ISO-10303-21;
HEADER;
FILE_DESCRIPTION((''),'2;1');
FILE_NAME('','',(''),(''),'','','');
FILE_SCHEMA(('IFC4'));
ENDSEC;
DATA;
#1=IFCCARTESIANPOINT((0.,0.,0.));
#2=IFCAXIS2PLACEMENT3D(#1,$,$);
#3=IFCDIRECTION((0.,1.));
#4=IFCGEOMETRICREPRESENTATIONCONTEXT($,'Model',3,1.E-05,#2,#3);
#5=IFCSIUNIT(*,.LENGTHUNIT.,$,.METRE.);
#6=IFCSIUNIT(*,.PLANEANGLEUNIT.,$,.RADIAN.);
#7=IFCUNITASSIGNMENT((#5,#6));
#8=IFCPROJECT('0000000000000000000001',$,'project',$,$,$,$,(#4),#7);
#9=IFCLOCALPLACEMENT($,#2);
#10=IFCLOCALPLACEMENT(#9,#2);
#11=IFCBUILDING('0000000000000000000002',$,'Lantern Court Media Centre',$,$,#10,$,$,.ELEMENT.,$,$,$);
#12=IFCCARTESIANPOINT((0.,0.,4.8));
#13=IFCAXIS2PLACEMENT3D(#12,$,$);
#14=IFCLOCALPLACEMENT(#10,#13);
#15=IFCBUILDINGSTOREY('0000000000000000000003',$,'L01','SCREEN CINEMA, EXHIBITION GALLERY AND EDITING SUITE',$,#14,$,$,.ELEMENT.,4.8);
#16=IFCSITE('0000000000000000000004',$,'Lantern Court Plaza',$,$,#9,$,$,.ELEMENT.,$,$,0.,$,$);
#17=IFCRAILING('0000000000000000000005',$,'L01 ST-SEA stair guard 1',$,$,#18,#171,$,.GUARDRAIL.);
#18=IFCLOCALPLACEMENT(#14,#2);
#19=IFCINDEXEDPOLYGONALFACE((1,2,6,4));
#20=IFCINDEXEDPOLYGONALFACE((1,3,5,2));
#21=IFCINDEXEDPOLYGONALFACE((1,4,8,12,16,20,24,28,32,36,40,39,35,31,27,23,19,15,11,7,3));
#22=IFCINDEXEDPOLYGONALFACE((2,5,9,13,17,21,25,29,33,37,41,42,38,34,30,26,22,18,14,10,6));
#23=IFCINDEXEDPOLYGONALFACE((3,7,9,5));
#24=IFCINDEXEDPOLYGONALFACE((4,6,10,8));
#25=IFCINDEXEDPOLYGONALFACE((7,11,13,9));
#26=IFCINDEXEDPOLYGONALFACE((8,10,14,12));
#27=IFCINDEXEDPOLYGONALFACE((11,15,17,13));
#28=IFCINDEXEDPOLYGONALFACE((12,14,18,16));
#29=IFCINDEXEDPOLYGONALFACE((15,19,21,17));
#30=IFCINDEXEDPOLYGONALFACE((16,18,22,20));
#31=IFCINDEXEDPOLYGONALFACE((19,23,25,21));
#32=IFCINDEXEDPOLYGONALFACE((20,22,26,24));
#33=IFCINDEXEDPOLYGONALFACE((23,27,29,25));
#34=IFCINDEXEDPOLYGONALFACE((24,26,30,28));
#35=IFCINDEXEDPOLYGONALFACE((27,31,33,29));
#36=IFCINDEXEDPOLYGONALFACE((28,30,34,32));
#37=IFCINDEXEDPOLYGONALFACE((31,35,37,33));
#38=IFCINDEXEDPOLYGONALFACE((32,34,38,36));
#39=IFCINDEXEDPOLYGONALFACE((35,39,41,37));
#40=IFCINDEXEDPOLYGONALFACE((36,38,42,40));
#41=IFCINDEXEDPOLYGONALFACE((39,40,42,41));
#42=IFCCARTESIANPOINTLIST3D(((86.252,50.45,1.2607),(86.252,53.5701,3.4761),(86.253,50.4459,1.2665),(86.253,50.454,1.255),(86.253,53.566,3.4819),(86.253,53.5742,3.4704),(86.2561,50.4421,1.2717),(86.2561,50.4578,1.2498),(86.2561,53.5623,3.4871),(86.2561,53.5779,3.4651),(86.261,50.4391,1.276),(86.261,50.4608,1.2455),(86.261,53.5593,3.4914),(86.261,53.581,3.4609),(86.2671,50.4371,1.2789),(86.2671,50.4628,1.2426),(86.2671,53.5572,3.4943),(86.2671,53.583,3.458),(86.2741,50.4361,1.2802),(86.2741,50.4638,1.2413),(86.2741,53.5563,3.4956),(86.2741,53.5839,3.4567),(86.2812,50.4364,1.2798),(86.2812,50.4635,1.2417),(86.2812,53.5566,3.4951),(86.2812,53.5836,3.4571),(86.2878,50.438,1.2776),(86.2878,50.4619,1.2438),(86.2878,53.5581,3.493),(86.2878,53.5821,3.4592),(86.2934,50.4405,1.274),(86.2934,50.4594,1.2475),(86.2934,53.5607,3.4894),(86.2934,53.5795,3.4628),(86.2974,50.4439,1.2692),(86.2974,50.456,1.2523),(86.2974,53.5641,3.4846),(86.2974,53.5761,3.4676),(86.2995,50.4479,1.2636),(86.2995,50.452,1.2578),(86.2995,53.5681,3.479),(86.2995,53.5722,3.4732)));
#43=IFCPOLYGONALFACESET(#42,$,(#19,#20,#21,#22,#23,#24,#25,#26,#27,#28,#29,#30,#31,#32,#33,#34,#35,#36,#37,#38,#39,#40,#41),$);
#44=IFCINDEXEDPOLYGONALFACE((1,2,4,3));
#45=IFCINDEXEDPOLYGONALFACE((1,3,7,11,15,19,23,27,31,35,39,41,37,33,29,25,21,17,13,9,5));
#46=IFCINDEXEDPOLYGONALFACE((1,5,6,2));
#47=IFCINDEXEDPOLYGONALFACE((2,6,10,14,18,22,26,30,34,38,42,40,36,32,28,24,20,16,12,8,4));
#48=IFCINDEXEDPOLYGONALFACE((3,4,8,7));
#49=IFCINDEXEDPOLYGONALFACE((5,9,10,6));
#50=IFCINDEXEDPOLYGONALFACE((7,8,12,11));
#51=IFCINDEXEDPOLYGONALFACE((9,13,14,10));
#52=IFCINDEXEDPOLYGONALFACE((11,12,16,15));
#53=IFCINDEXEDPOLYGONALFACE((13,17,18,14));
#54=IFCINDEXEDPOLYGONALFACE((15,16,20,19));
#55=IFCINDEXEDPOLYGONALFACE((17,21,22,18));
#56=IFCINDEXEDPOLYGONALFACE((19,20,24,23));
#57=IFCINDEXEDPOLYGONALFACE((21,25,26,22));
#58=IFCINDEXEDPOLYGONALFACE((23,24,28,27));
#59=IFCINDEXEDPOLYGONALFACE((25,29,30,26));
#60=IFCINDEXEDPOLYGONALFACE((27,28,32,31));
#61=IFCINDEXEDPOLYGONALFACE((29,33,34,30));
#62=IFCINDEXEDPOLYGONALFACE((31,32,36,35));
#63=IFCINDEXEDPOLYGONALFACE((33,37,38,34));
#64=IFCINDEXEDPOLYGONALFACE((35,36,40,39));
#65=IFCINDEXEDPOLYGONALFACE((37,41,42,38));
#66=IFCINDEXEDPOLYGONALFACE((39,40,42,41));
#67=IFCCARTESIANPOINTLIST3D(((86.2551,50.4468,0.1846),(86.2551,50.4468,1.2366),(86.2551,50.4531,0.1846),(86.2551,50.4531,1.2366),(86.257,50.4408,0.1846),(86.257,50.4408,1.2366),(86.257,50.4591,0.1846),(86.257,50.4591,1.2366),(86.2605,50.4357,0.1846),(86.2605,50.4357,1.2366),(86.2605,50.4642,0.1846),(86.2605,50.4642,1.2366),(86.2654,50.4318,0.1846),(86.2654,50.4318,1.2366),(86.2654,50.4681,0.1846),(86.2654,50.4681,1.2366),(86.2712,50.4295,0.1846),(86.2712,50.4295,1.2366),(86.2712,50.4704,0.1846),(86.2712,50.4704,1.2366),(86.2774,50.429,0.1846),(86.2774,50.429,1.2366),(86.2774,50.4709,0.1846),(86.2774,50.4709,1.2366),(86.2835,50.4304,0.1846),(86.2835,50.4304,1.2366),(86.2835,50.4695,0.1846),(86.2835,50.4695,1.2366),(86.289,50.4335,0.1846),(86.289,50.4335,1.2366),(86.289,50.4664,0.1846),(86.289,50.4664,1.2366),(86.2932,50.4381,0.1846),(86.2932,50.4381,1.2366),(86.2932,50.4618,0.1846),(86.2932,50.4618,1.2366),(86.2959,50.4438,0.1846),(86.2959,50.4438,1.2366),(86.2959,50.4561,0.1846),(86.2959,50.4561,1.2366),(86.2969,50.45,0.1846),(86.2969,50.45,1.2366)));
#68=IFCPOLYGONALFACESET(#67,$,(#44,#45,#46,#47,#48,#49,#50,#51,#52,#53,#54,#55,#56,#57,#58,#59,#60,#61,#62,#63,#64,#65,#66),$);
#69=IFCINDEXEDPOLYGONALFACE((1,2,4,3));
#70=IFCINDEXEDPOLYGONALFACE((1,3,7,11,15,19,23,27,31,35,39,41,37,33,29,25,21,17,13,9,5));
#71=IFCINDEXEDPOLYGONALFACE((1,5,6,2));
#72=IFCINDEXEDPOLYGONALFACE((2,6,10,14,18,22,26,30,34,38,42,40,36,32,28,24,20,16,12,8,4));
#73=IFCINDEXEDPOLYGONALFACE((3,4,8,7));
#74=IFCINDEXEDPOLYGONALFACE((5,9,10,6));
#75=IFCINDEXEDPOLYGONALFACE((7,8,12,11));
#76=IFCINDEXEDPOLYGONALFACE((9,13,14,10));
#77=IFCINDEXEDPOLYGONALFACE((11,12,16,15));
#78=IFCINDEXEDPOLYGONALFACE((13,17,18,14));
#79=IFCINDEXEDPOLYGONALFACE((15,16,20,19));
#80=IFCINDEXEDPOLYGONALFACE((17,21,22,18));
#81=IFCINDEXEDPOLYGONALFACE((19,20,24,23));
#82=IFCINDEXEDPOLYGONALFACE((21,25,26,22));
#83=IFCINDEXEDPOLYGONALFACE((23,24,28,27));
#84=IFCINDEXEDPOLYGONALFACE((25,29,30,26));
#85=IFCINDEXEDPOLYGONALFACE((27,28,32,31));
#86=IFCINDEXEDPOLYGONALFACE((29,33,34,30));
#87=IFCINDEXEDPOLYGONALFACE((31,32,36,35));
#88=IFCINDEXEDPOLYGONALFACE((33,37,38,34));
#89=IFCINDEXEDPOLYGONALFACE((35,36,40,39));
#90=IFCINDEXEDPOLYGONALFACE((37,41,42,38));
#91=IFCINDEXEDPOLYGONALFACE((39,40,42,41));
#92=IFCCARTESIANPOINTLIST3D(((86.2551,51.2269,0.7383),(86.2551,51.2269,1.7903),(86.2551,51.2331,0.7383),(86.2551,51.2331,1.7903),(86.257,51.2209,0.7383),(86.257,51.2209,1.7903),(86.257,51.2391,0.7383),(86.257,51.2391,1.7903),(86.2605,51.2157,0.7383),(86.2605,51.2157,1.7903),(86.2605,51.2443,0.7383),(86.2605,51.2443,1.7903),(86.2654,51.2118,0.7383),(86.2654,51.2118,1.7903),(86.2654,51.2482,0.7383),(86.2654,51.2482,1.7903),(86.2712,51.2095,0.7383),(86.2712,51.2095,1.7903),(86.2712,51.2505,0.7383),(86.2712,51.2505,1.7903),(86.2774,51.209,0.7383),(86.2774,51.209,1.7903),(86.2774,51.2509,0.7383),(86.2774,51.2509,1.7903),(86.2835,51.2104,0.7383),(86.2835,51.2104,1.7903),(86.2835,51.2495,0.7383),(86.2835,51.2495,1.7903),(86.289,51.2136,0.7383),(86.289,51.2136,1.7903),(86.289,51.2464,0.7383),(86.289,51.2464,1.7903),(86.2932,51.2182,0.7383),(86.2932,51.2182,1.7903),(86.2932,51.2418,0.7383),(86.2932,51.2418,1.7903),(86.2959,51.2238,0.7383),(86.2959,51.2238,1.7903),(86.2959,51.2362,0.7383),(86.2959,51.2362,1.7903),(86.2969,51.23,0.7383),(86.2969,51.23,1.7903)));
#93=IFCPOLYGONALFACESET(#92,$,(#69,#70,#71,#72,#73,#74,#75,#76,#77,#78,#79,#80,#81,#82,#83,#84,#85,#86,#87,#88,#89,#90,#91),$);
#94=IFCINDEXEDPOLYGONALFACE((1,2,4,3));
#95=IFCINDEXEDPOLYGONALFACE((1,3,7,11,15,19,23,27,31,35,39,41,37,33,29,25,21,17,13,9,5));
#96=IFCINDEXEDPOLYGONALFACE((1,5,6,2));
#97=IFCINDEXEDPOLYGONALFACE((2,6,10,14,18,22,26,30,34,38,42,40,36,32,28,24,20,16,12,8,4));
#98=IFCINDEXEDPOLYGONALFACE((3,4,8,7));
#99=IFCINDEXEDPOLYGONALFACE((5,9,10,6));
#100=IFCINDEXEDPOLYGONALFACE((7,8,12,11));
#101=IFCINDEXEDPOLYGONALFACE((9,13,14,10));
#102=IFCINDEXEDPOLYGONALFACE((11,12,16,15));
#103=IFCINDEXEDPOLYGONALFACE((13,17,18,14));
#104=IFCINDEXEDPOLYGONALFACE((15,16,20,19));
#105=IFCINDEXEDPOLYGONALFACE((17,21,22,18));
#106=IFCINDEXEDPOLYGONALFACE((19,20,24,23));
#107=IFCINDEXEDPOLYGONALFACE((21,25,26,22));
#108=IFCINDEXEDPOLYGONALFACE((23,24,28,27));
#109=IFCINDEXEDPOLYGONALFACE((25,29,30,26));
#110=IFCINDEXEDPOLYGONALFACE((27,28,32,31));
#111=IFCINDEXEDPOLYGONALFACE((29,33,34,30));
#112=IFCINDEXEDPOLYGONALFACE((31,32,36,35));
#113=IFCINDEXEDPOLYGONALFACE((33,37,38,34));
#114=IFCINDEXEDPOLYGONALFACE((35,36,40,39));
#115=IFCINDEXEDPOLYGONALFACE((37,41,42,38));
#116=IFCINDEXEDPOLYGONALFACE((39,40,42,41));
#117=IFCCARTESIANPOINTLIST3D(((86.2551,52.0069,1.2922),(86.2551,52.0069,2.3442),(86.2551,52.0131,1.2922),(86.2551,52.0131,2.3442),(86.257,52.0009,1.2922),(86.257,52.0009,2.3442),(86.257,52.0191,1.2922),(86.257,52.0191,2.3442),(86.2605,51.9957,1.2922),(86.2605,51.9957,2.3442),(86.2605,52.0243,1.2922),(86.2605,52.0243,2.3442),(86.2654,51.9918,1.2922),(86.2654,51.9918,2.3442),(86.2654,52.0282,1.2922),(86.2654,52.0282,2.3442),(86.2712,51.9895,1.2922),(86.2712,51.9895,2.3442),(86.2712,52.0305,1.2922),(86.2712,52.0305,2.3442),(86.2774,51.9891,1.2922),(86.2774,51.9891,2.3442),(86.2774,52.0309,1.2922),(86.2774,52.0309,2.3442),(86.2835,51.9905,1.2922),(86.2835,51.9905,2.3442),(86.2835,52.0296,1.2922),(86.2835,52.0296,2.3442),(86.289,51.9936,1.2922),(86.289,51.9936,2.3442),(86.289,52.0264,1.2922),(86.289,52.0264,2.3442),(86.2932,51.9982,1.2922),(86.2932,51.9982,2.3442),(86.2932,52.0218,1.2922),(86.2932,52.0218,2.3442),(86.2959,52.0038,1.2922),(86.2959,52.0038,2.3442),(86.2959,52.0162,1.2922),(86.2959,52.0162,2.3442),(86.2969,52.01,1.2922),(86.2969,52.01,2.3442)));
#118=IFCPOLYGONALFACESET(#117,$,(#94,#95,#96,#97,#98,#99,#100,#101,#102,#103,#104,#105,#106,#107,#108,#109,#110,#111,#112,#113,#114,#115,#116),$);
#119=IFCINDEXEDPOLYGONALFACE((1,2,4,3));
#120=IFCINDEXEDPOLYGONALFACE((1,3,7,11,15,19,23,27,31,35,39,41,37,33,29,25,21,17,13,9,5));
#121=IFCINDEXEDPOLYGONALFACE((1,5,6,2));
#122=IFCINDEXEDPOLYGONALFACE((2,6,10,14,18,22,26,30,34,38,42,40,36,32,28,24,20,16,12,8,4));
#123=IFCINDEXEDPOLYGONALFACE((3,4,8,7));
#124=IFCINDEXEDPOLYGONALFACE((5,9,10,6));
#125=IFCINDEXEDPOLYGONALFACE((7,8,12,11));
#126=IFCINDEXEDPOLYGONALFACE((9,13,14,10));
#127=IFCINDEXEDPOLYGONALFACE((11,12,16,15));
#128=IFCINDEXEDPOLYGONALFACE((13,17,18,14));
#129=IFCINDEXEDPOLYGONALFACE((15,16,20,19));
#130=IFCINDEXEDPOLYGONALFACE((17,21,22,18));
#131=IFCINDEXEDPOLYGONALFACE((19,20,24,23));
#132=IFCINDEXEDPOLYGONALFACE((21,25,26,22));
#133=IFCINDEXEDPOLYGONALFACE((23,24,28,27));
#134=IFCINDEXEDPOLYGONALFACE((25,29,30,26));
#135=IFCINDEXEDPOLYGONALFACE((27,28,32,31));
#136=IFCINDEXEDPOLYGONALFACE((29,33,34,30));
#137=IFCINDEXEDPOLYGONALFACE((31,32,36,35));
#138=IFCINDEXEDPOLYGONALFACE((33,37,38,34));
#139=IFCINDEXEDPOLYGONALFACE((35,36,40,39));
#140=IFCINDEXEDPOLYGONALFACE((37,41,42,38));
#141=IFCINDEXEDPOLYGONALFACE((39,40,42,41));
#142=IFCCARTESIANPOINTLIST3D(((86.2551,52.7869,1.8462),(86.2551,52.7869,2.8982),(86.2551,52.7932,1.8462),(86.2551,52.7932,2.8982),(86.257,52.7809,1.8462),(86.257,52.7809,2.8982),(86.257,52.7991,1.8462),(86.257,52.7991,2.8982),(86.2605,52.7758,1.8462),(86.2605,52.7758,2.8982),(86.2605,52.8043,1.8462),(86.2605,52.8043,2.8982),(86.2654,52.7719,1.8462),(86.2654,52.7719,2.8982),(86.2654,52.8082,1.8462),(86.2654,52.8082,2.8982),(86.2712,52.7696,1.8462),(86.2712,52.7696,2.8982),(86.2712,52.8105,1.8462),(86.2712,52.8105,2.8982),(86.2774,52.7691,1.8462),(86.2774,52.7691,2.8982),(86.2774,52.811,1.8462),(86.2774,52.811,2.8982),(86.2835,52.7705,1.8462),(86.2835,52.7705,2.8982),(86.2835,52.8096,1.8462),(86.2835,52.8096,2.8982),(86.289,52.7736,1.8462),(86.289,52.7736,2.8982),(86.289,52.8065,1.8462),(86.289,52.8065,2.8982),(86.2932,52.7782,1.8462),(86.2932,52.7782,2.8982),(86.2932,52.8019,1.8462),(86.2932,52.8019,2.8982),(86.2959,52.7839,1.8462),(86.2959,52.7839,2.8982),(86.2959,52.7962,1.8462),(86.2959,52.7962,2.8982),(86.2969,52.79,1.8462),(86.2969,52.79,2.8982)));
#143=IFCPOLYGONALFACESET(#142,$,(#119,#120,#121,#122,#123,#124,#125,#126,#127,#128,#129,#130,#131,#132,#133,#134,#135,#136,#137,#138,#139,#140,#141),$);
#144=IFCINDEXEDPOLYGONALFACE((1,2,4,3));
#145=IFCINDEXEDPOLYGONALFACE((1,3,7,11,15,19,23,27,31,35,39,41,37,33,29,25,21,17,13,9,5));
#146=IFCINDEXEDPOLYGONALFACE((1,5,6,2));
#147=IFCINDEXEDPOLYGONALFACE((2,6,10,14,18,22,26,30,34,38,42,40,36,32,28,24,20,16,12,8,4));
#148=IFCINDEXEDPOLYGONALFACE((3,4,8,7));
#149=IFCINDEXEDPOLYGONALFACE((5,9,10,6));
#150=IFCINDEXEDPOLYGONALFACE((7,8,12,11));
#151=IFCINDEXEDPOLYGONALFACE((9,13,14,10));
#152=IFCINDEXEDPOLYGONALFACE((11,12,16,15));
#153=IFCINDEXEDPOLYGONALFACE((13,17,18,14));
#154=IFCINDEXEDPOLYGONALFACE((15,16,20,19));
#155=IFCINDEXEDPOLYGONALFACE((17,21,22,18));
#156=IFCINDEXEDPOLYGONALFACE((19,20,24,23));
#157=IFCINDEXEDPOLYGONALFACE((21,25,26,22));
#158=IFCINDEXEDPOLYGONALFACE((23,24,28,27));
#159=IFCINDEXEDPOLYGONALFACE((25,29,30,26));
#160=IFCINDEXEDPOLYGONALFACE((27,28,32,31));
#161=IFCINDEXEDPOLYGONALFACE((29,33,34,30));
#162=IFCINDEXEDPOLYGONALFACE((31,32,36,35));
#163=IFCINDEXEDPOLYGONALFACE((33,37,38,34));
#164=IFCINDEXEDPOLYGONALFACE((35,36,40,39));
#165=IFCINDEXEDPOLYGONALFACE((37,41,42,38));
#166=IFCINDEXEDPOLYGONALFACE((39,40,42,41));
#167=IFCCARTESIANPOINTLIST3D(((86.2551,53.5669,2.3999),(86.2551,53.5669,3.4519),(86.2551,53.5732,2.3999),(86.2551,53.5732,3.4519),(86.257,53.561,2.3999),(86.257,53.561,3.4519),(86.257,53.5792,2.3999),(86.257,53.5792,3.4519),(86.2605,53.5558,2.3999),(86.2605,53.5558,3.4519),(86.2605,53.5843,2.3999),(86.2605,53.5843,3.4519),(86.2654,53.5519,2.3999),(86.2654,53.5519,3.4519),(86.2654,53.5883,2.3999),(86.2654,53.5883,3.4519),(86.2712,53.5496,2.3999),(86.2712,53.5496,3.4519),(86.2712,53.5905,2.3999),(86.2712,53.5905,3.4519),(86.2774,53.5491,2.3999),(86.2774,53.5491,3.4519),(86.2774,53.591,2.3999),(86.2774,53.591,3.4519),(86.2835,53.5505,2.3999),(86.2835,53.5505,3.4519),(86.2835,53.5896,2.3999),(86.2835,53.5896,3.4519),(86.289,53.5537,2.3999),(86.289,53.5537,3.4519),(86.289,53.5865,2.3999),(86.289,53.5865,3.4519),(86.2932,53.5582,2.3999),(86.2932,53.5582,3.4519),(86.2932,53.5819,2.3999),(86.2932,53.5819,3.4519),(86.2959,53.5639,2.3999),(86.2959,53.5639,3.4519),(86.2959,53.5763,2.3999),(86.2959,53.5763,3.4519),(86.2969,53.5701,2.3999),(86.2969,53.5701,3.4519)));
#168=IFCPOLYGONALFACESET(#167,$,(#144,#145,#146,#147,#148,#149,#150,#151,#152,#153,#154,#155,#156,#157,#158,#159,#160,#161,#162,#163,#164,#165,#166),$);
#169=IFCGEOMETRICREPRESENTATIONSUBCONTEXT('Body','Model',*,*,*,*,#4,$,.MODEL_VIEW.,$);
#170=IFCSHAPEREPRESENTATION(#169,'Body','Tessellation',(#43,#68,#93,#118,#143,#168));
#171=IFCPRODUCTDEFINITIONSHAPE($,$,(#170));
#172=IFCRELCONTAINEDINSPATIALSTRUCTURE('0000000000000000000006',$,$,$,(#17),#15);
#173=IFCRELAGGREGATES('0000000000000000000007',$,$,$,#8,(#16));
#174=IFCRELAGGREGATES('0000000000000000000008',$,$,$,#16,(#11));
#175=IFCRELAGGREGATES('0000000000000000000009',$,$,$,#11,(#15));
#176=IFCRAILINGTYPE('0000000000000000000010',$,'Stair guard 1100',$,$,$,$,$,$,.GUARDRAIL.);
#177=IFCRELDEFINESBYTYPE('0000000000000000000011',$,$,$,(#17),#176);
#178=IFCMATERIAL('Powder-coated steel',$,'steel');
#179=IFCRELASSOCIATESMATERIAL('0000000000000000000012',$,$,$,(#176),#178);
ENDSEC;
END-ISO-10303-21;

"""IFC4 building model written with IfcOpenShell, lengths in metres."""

from ifc_helpers import new_model, si_unit, direction, frame, origin, origin_2d, place, context, subcontext, project, spatial, circle, extrude, material, type_object, element, save


model = new_model("IFC4")

# Units and contexts
model_context = context("Model", 3, precision=1e-05, world=origin(), true_north=direction((0.0, 1.0)))
body_context = subcontext(model_context, "Body", "Model", "MODEL_VIEW")
ifc_project = project(units=[si_unit("LENGTHUNIT", "METRE"), si_unit("PLANEANGLEUNIT", "RADIAN")], contexts=[model_context])

# Site, building, storey
site_placement = place(None, origin())
site = spatial("IfcSite", under=ifc_project, at=site_placement, Name="Lantern Court Plaza", CompositionType="ELEMENT", RefElevation=0.0)
building_placement = place(site_placement, origin())
building = spatial("IfcBuilding", under=site, at=building_placement, Name="Lantern Court Media Centre", CompositionType="ELEMENT")
storey_placement = place(building_placement, frame((0.0, 0.0, 4.8)))
storey = spatial("IfcBuildingStorey", under=building, at=storey_placement, Name="L01", Description="SCREEN CINEMA, EXHIBITION GALLERY AND EDITING SUITE", CompositionType="ELEMENT", Elevation=4.8)

# Railing
ifc_material_1 = material(Name="Powder-coated steel", Category="steel")
railing_type_1 = type_object("IfcRailingType", Name="Stair guard 1100", PredefinedType="GUARDRAIL", material=ifc_material_1)
railing_1_placement = place(storey_placement, frame((86.2759, 50.45, 0.1846)))
element("IfcRailing", 1, at=railing_1_placement, inside=storey, type_object=railing_type_1, Name="L01 ST-SEA stair guard 1", PredefinedType="GUARDRAIL", context=body_context, shape_type="SweptSolid", body=[
    extrude(circle(Radius=0.0239, at=origin_2d()), frame((0.0, 0.0, 1.0762), z_axis=(0.0, 0.815377, 0.57893), x_axis=(-1.0, 0.0, 0.0)), (0.0, 0.0, 1.0), 3.8267),
    extrude(circle(Radius=0.021, at=origin_2d()), origin(), (0.0, 0.0, 1.0), 1.052),
    extrude(circle(Radius=0.021, at=origin_2d()), frame((0.0, 0.78, 0.5537)), (0.0, 0.0, 1.0), 1.052),
    extrude(circle(Radius=0.021, at=origin_2d()), frame((0.0, 1.5601, 1.1077)), (0.0, 0.0, 1.0), 1.052),
    extrude(circle(Radius=0.021, at=origin_2d()), frame((0.0, 2.3401, 1.6616)), (0.0, 0.0, 1.0), 1.052),
    extrude(circle(Radius=0.021, at=origin_2d()), frame((0.0, 3.1201, 2.2153)), (0.0, 0.0, 1.0), 1.052),
])

save(model, "model.ifc")
